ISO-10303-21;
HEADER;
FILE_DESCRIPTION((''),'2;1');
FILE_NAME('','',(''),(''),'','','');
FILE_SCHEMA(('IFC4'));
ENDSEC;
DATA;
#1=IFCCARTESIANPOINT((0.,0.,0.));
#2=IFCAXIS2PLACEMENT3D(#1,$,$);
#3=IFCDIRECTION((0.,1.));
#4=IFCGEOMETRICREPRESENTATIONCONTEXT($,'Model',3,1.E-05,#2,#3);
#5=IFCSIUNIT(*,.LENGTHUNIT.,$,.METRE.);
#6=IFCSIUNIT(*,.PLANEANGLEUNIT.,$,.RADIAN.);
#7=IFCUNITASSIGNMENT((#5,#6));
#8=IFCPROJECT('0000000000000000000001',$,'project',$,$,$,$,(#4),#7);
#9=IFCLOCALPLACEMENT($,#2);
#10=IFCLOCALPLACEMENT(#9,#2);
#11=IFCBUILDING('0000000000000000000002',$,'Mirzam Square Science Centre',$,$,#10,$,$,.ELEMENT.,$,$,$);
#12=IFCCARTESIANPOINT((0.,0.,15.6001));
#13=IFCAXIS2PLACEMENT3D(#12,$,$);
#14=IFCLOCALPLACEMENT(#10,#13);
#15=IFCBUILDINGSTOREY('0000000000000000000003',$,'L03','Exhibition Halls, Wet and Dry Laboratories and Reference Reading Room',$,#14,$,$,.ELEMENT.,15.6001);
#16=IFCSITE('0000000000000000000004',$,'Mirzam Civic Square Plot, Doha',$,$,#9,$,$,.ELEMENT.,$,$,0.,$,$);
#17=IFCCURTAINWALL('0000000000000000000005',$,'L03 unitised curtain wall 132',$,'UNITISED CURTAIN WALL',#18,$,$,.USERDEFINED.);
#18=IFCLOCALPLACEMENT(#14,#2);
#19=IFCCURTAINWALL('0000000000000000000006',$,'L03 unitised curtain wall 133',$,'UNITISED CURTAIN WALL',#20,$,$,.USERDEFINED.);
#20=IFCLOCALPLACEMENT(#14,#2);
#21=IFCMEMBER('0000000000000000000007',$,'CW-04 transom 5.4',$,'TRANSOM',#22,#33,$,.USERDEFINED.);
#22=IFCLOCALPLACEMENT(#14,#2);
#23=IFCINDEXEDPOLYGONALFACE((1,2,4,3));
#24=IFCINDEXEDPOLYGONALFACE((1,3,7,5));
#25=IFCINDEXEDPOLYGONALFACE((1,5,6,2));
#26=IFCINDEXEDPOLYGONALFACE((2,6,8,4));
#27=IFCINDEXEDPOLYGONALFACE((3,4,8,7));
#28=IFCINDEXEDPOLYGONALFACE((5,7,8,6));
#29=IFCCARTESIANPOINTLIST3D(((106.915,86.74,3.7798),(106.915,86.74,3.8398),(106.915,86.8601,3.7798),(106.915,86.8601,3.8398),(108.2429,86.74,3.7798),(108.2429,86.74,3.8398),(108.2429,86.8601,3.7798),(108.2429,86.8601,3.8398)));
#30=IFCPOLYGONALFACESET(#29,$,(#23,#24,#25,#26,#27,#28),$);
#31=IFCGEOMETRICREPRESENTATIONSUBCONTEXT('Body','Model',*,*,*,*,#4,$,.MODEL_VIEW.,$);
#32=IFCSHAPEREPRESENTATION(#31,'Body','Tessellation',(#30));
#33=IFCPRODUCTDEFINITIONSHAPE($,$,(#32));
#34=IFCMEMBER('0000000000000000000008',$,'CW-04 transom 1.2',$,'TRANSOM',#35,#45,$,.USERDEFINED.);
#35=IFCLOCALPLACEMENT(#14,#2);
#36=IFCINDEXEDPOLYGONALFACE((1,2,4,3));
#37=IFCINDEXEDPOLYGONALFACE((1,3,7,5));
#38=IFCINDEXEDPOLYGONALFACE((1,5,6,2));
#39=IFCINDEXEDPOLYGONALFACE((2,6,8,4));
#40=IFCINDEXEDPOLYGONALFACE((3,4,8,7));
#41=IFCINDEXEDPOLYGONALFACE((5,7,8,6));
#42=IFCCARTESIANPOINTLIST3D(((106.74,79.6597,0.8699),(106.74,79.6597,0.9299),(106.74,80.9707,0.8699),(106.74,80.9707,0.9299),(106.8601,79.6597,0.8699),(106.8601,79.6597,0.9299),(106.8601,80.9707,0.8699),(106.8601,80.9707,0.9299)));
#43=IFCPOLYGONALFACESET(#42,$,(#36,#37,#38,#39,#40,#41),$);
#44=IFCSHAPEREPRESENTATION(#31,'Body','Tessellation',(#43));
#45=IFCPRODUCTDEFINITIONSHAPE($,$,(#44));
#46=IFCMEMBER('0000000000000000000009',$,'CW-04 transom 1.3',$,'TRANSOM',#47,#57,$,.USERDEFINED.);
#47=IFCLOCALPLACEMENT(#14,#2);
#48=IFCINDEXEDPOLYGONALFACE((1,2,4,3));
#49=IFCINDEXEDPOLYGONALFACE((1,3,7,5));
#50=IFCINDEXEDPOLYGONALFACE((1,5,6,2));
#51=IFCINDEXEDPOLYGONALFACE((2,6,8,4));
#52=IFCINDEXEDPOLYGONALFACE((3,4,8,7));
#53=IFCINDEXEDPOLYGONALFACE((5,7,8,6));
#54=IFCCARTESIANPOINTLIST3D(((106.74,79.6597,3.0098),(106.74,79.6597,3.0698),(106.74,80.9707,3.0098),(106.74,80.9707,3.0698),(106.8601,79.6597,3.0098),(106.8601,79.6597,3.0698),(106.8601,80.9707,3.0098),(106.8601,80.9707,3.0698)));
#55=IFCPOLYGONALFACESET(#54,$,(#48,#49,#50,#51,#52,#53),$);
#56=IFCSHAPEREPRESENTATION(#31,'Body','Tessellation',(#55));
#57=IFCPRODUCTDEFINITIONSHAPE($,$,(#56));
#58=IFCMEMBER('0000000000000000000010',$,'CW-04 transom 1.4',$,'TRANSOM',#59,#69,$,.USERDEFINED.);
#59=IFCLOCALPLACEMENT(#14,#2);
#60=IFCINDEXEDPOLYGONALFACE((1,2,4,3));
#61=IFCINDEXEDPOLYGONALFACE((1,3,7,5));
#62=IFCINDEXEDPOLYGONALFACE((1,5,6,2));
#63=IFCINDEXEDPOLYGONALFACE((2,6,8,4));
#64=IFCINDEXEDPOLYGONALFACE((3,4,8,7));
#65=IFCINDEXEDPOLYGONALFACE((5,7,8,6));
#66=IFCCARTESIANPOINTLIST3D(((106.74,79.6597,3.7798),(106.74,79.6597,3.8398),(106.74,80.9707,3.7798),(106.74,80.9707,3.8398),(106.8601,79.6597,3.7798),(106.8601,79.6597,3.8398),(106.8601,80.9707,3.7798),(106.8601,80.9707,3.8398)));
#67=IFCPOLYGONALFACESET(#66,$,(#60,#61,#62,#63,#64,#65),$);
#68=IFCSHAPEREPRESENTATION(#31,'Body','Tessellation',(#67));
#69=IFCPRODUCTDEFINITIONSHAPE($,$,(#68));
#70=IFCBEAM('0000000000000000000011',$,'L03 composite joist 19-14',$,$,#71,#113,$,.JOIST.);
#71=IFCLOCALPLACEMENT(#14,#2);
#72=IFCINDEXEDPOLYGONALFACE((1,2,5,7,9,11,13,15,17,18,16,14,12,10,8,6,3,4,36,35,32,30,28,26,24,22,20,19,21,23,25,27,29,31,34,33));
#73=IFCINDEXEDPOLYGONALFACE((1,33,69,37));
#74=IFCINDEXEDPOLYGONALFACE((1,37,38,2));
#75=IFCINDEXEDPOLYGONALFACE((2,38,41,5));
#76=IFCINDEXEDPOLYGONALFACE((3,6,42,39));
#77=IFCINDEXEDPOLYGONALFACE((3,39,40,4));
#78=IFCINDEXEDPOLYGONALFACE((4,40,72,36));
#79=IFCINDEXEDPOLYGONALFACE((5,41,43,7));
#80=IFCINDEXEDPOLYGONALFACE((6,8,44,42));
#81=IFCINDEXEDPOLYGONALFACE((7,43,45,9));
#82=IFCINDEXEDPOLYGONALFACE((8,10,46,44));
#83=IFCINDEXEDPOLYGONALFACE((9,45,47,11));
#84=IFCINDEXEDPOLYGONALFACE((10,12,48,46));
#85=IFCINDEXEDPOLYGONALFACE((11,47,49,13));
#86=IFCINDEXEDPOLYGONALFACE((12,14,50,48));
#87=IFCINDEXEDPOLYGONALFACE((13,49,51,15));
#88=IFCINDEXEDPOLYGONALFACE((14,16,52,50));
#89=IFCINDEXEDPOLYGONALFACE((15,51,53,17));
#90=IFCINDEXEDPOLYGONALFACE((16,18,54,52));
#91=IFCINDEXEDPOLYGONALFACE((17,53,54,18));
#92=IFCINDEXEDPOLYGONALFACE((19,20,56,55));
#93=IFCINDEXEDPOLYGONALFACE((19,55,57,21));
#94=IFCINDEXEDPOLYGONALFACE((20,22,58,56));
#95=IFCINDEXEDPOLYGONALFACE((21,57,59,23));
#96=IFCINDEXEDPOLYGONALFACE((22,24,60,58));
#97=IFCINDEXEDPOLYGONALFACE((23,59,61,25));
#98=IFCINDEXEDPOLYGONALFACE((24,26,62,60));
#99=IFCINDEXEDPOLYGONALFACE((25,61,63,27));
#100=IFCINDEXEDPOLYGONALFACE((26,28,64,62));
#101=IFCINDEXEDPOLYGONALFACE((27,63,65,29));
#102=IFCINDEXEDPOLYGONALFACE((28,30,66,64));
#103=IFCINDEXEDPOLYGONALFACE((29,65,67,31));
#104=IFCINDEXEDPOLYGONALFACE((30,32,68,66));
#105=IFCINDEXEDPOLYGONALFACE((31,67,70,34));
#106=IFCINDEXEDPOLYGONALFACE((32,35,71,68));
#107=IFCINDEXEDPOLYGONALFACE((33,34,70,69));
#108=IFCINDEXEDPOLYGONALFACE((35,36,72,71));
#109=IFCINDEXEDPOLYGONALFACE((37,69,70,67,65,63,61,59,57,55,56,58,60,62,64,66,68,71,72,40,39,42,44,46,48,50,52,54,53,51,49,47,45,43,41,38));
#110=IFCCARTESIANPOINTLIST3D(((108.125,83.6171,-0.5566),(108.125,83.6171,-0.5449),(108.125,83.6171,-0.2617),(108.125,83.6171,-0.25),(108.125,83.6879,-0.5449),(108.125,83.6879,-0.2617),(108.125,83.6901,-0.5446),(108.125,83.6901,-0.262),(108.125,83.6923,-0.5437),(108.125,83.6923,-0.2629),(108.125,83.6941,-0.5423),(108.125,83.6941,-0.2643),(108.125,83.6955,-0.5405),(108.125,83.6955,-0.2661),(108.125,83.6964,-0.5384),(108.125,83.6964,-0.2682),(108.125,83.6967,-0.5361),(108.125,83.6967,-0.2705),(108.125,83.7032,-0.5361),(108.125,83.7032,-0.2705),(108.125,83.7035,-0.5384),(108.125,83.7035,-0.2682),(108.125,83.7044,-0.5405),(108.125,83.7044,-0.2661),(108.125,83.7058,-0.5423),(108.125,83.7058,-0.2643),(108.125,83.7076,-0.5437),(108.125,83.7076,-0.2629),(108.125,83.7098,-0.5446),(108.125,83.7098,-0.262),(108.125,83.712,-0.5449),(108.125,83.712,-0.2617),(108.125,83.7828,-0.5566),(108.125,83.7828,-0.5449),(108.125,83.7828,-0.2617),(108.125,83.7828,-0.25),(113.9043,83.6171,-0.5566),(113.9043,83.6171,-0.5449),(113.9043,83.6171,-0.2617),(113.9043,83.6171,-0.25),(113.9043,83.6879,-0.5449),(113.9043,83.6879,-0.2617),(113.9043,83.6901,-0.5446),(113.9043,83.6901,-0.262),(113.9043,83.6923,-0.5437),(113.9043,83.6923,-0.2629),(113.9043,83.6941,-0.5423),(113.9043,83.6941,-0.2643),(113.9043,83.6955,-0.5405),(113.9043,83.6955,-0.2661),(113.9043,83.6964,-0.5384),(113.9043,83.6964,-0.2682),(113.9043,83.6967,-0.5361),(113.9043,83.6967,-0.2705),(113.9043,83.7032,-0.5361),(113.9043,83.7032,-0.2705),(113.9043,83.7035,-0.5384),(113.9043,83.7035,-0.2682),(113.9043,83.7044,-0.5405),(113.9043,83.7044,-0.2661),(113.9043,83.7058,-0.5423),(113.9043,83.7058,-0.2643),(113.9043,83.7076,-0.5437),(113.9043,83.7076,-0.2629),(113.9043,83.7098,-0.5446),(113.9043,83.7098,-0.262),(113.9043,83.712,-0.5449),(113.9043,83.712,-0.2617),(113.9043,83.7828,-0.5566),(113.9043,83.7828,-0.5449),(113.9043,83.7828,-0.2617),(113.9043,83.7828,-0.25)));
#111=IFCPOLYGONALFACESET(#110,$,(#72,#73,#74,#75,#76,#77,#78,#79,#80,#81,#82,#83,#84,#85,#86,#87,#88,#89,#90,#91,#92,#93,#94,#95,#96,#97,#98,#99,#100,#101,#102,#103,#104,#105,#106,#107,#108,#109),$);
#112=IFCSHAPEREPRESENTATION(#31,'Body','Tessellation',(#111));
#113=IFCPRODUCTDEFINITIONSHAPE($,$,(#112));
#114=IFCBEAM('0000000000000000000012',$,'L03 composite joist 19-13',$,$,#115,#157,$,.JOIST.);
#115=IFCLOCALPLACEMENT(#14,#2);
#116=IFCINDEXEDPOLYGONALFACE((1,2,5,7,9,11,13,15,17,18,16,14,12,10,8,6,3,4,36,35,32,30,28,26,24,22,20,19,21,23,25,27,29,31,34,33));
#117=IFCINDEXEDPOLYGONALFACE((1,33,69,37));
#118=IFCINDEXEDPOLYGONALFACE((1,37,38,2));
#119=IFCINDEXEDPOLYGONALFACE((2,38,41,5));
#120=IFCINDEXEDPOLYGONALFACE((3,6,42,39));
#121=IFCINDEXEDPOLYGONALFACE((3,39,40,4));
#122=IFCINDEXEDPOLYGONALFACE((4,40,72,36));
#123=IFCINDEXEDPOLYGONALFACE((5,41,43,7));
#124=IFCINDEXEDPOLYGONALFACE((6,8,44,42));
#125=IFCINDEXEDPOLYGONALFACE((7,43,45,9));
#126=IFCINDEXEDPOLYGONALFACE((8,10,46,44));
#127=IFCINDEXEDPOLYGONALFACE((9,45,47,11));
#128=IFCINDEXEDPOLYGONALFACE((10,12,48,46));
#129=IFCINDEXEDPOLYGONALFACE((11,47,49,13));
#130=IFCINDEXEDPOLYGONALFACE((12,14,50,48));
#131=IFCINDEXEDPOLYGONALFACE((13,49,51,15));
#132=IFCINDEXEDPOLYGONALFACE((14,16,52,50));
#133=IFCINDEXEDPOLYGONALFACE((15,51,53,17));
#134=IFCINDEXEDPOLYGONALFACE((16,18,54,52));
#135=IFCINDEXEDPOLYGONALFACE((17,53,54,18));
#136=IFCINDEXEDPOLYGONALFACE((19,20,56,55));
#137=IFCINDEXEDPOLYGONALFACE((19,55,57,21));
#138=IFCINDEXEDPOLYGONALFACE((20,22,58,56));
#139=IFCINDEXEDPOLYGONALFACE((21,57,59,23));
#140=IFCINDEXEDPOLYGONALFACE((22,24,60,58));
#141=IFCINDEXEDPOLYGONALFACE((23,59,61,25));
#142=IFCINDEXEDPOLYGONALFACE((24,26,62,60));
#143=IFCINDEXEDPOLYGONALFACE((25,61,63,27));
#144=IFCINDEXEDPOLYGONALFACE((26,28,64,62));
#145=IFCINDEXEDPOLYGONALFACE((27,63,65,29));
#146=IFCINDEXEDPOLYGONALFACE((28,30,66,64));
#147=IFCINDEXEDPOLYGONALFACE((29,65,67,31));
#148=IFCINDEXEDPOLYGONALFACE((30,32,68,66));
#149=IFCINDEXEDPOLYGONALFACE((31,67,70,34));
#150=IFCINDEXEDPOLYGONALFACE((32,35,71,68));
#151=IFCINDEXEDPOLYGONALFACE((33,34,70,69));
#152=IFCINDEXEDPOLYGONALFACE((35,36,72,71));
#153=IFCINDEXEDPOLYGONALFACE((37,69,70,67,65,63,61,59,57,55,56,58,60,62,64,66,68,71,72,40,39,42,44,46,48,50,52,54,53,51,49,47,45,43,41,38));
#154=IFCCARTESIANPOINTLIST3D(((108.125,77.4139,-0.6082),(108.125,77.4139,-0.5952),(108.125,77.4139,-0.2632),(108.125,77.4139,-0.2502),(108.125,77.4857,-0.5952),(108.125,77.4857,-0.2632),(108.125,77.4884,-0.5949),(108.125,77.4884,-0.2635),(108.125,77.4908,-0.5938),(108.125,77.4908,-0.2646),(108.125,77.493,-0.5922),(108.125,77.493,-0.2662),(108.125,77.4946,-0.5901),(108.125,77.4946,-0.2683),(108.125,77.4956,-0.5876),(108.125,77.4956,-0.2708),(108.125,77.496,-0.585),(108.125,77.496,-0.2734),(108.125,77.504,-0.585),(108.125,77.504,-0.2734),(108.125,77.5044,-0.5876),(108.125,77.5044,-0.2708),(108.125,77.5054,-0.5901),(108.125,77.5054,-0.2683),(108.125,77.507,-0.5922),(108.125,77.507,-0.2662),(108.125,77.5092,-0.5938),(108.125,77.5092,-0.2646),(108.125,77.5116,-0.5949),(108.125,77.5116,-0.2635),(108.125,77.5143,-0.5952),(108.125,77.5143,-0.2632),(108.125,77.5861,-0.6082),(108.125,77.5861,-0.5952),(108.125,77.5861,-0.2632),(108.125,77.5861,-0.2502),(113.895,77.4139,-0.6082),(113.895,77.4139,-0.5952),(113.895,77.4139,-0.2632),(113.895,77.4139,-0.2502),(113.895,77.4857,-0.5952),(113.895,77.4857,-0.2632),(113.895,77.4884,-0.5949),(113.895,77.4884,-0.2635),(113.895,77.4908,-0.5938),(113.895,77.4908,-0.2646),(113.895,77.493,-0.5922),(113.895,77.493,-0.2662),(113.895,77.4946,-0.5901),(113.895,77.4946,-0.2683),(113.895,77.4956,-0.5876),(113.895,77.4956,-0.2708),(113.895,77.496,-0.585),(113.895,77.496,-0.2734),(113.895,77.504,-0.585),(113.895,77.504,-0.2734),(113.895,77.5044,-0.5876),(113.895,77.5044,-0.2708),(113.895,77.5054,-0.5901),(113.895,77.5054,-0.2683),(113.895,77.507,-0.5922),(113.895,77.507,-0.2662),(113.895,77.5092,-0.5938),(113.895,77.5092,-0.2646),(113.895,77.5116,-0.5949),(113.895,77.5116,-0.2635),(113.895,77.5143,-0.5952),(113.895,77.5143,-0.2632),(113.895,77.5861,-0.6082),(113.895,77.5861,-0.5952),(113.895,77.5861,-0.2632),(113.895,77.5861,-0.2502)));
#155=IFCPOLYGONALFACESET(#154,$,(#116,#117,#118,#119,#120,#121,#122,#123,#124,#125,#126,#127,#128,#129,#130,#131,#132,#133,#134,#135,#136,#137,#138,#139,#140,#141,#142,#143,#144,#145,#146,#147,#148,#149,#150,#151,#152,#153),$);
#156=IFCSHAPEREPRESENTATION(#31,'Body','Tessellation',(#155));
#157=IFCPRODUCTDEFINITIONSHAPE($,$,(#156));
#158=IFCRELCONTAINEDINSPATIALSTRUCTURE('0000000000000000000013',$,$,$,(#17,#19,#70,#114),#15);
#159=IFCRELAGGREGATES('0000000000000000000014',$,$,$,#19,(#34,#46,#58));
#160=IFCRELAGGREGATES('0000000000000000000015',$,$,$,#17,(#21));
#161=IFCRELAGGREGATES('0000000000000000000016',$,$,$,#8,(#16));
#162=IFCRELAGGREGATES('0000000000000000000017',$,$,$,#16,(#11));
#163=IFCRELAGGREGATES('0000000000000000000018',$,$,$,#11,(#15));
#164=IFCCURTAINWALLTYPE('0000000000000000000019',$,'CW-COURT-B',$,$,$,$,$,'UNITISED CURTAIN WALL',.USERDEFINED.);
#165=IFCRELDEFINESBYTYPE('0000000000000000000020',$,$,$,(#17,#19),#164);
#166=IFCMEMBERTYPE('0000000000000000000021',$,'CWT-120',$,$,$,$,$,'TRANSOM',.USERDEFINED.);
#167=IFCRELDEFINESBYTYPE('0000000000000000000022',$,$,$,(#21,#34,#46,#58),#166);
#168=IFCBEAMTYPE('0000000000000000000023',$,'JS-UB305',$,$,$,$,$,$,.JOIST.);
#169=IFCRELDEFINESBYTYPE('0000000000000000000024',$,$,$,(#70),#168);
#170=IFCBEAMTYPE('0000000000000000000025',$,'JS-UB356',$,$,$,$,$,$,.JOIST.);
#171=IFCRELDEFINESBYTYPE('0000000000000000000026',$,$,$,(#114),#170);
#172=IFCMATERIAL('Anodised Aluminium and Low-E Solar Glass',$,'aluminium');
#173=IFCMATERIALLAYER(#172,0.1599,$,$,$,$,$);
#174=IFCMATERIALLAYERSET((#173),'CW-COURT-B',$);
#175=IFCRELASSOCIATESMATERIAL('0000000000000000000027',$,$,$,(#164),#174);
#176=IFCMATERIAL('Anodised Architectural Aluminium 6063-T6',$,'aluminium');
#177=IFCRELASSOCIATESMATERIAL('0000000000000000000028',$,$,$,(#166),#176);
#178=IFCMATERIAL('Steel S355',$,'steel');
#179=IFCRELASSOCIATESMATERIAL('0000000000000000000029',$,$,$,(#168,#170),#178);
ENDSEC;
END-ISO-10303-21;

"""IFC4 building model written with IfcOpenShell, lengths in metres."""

from ifc_helpers import new_model, si_unit, direction, frame, origin, origin_2d, place, context, subcontext, project, spatial, rectangle, i_section, extrude, material, layer, layer_set, material_profile, profile_set, type_object, element, aggregate, save


model = new_model("IFC4")

# Units and contexts
model_context = context("Model", 3, precision=1e-05, world=origin(), true_north=direction((0.0, 1.0)))
body_context = subcontext(model_context, "Body", "Model", "MODEL_VIEW")
ifc_project = project(units=[si_unit("LENGTHUNIT", "METRE"), si_unit("PLANEANGLEUNIT", "RADIAN")], contexts=[model_context])

# Site, building, storey
site_placement = place(None, origin())
site = spatial("IfcSite", under=ifc_project, at=site_placement, Name="Mirzam Civic Square Plot, Doha", CompositionType="ELEMENT", RefElevation=0.0)
building_placement = place(site_placement, origin())
building = spatial("IfcBuilding", under=site, at=building_placement, Name="Mirzam Square Science Centre", CompositionType="ELEMENT")
storey_placement = place(building_placement, frame((0.0, 0.0, 15.6001)))
storey = spatial("IfcBuildingStorey", under=building, at=storey_placement, Name="L03", Description="Exhibition Halls, Wet and Dry Laboratories and Reference Reading Room", CompositionType="ELEMENT", Elevation=15.6001)

# Shared definitions
ifc_material_1 = material(Name="Steel S355", Category="steel")

# Curtain wall
ifc_material_2 = material(Name="Anodised Aluminium and Low-E Solar Glass", Category="aluminium")
ifc_layer_1 = layer(ifc_material_2, 0.1599)
ifc_layer_set_1 = layer_set([ifc_layer_1], Name="CW-COURT-B")
curtain_wall_type = type_object("IfcCurtainWallType", Name="CW-COURT-B", ElementType="UNITISED CURTAIN WALL", PredefinedType="USERDEFINED", material=ifc_layer_set_1)
curtain_wall_1_placement = place(storey_placement, origin())
curtain_wall_1 = element("IfcCurtainWall", 1, at=curtain_wall_1_placement, inside=storey, type_object=curtain_wall_type, Name="L03 unitised curtain wall 132", ObjectType="UNITISED CURTAIN WALL", PredefinedType="USERDEFINED")
ifc_material_3 = material(Name="Anodised Architectural Aluminium 6063-T6", Category="aluminium")

# Curtain wall
curtain_wall_2_placement = place(storey_placement, origin())
curtain_wall_2 = element("IfcCurtainWall", 2, at=curtain_wall_2_placement, inside=storey, type_object=curtain_wall_type, Name="L03 unitised curtain wall 133", ObjectType="UNITISED CURTAIN WALL", PredefinedType="USERDEFINED")

# Members
ifc_material_profile_1 = material_profile(ifc_material_3, rectangle(XDim=0.1201, YDim=0.0601, at=origin_2d()), Name="ALU-TRAN-120x60x4")
ifc_profile_set_1 = profile_set([ifc_material_profile_1], Name="Anodised Architectural Aluminium 6063-T6")
member_type_1 = type_object("IfcMemberType", Name="CWT-120", ElementType="TRANSOM", PredefinedType="USERDEFINED", material=ifc_profile_set_1)
member_1_placement = place(storey_placement, frame((108.2429, 86.8, 3.8098), z_axis=(-1.0, 0.0, 0.0), x_axis=(0.0, -1.0, 0.0)))
member_1 = element("IfcMember", 3, at=member_1_placement, type_object=member_type_1, Name="CW-04 transom 5.4", ObjectType="TRANSOM", PredefinedType="USERDEFINED", context=body_context, shape_type="SweptSolid", body=[
    extrude(rectangle(XDim=0.1201, YDim=0.0601, at=origin_2d()), origin(), (0.0, 0.0, 1.0), 1.3279),
])
member_2_placement = place(storey_placement, frame((106.8, 80.9707, 0.8999), z_axis=(0.0, -1.0, 0.0), x_axis=(1.0, 0.0, 0.0)))
member_2 = element("IfcMember", 4, at=member_2_placement, type_object=member_type_1, Name="CW-04 transom 1.2", ObjectType="TRANSOM", PredefinedType="USERDEFINED", context=body_context, shape_type="SweptSolid", body=[
    extrude(rectangle(XDim=0.1201, YDim=0.0601, at=origin_2d()), origin(), (0.0, 0.0, 1.0), 1.311),
])
member_3_placement = place(storey_placement, frame((106.8, 80.9707, 3.0398), z_axis=(0.0, -1.0, 0.0), x_axis=(1.0, 0.0, 0.0)))
member_3 = element("IfcMember", 5, at=member_3_placement, type_object=member_type_1, Name="CW-04 transom 1.3", ObjectType="TRANSOM", PredefinedType="USERDEFINED", context=body_context, shape_type="SweptSolid", body=[
    extrude(rectangle(XDim=0.1201, YDim=0.0601, at=origin_2d()), origin(), (0.0, 0.0, 1.0), 1.311),
])
member_4_placement = place(storey_placement, frame((106.8, 80.9707, 3.8098), z_axis=(0.0, -1.0, 0.0), x_axis=(1.0, 0.0, 0.0)))
member_4 = element("IfcMember", 6, at=member_4_placement, type_object=member_type_1, Name="CW-04 transom 1.4", ObjectType="TRANSOM", PredefinedType="USERDEFINED", context=body_context, shape_type="SweptSolid", body=[
    extrude(rectangle(XDim=0.1201, YDim=0.0601, at=origin_2d()), origin(), (0.0, 0.0, 1.0), 1.311),
])
aggregate(curtain_wall_2, [member_2, member_3, member_4])

# Beams
ifc_material_profile_2 = material_profile(ifc_material_1, i_section(OverallWidth=0.1658, OverallDepth=0.3066, WebThickness=0.0066, FlangeThickness=0.0117, FilletRadius=0.0088, at=origin_2d()), Name="305x165x46UB")
ifc_profile_set_2 = profile_set([ifc_material_profile_2], Name="Steel S355")
beam_type_1 = type_object("IfcBeamType", Name="JS-UB305", PredefinedType="JOIST", material=ifc_profile_set_2)
beam_1_placement = place(storey_placement, frame((108.125, 83.7, -0.4033), z_axis=(1.0, 0.0, 0.0), x_axis=(0.0, 1.0, 0.0)))
element("IfcBeam", 7, at=beam_1_placement, inside=storey, type_object=beam_type_1, Name="L03 composite joist 19-14", PredefinedType="JOIST", context=body_context, shape_type="SweptSolid", body=[
    extrude(i_section(OverallWidth=0.1658, OverallDepth=0.3066, WebThickness=0.0066, FlangeThickness=0.0117, FilletRadius=0.0088, at=origin_2d()), origin(), (0.0, 0.0, 1.0), 5.7793),
])
ifc_material_profile_3 = material_profile(ifc_material_1, i_section(OverallWidth=0.1721, OverallDepth=0.3579, WebThickness=0.0081, FlangeThickness=0.0129, FilletRadius=0.0103, at=origin_2d()), Name="356x171x57UB")
ifc_profile_set_3 = profile_set([ifc_material_profile_3], Name="Steel S355")
beam_type_2 = type_object("IfcBeamType", Name="JS-UB356", PredefinedType="JOIST", material=ifc_profile_set_3)
beam_2_placement = place(storey_placement, frame((108.125, 77.5, -0.4292), z_axis=(1.0, 0.0, 0.0), x_axis=(0.0, 1.0, 0.0)))
element("IfcBeam", 8, at=beam_2_placement, inside=storey, type_object=beam_type_2, Name="L03 composite joist 19-13", PredefinedType="JOIST", context=body_context, shape_type="SweptSolid", body=[
    extrude(i_section(OverallWidth=0.1721, OverallDepth=0.3579, WebThickness=0.0081, FlangeThickness=0.0129, FilletRadius=0.0103, at=origin_2d()), origin(), (0.0, 0.0, 1.0), 5.77),
])

aggregate(curtain_wall_1, [member_1])

save(model, "model.ifc")
